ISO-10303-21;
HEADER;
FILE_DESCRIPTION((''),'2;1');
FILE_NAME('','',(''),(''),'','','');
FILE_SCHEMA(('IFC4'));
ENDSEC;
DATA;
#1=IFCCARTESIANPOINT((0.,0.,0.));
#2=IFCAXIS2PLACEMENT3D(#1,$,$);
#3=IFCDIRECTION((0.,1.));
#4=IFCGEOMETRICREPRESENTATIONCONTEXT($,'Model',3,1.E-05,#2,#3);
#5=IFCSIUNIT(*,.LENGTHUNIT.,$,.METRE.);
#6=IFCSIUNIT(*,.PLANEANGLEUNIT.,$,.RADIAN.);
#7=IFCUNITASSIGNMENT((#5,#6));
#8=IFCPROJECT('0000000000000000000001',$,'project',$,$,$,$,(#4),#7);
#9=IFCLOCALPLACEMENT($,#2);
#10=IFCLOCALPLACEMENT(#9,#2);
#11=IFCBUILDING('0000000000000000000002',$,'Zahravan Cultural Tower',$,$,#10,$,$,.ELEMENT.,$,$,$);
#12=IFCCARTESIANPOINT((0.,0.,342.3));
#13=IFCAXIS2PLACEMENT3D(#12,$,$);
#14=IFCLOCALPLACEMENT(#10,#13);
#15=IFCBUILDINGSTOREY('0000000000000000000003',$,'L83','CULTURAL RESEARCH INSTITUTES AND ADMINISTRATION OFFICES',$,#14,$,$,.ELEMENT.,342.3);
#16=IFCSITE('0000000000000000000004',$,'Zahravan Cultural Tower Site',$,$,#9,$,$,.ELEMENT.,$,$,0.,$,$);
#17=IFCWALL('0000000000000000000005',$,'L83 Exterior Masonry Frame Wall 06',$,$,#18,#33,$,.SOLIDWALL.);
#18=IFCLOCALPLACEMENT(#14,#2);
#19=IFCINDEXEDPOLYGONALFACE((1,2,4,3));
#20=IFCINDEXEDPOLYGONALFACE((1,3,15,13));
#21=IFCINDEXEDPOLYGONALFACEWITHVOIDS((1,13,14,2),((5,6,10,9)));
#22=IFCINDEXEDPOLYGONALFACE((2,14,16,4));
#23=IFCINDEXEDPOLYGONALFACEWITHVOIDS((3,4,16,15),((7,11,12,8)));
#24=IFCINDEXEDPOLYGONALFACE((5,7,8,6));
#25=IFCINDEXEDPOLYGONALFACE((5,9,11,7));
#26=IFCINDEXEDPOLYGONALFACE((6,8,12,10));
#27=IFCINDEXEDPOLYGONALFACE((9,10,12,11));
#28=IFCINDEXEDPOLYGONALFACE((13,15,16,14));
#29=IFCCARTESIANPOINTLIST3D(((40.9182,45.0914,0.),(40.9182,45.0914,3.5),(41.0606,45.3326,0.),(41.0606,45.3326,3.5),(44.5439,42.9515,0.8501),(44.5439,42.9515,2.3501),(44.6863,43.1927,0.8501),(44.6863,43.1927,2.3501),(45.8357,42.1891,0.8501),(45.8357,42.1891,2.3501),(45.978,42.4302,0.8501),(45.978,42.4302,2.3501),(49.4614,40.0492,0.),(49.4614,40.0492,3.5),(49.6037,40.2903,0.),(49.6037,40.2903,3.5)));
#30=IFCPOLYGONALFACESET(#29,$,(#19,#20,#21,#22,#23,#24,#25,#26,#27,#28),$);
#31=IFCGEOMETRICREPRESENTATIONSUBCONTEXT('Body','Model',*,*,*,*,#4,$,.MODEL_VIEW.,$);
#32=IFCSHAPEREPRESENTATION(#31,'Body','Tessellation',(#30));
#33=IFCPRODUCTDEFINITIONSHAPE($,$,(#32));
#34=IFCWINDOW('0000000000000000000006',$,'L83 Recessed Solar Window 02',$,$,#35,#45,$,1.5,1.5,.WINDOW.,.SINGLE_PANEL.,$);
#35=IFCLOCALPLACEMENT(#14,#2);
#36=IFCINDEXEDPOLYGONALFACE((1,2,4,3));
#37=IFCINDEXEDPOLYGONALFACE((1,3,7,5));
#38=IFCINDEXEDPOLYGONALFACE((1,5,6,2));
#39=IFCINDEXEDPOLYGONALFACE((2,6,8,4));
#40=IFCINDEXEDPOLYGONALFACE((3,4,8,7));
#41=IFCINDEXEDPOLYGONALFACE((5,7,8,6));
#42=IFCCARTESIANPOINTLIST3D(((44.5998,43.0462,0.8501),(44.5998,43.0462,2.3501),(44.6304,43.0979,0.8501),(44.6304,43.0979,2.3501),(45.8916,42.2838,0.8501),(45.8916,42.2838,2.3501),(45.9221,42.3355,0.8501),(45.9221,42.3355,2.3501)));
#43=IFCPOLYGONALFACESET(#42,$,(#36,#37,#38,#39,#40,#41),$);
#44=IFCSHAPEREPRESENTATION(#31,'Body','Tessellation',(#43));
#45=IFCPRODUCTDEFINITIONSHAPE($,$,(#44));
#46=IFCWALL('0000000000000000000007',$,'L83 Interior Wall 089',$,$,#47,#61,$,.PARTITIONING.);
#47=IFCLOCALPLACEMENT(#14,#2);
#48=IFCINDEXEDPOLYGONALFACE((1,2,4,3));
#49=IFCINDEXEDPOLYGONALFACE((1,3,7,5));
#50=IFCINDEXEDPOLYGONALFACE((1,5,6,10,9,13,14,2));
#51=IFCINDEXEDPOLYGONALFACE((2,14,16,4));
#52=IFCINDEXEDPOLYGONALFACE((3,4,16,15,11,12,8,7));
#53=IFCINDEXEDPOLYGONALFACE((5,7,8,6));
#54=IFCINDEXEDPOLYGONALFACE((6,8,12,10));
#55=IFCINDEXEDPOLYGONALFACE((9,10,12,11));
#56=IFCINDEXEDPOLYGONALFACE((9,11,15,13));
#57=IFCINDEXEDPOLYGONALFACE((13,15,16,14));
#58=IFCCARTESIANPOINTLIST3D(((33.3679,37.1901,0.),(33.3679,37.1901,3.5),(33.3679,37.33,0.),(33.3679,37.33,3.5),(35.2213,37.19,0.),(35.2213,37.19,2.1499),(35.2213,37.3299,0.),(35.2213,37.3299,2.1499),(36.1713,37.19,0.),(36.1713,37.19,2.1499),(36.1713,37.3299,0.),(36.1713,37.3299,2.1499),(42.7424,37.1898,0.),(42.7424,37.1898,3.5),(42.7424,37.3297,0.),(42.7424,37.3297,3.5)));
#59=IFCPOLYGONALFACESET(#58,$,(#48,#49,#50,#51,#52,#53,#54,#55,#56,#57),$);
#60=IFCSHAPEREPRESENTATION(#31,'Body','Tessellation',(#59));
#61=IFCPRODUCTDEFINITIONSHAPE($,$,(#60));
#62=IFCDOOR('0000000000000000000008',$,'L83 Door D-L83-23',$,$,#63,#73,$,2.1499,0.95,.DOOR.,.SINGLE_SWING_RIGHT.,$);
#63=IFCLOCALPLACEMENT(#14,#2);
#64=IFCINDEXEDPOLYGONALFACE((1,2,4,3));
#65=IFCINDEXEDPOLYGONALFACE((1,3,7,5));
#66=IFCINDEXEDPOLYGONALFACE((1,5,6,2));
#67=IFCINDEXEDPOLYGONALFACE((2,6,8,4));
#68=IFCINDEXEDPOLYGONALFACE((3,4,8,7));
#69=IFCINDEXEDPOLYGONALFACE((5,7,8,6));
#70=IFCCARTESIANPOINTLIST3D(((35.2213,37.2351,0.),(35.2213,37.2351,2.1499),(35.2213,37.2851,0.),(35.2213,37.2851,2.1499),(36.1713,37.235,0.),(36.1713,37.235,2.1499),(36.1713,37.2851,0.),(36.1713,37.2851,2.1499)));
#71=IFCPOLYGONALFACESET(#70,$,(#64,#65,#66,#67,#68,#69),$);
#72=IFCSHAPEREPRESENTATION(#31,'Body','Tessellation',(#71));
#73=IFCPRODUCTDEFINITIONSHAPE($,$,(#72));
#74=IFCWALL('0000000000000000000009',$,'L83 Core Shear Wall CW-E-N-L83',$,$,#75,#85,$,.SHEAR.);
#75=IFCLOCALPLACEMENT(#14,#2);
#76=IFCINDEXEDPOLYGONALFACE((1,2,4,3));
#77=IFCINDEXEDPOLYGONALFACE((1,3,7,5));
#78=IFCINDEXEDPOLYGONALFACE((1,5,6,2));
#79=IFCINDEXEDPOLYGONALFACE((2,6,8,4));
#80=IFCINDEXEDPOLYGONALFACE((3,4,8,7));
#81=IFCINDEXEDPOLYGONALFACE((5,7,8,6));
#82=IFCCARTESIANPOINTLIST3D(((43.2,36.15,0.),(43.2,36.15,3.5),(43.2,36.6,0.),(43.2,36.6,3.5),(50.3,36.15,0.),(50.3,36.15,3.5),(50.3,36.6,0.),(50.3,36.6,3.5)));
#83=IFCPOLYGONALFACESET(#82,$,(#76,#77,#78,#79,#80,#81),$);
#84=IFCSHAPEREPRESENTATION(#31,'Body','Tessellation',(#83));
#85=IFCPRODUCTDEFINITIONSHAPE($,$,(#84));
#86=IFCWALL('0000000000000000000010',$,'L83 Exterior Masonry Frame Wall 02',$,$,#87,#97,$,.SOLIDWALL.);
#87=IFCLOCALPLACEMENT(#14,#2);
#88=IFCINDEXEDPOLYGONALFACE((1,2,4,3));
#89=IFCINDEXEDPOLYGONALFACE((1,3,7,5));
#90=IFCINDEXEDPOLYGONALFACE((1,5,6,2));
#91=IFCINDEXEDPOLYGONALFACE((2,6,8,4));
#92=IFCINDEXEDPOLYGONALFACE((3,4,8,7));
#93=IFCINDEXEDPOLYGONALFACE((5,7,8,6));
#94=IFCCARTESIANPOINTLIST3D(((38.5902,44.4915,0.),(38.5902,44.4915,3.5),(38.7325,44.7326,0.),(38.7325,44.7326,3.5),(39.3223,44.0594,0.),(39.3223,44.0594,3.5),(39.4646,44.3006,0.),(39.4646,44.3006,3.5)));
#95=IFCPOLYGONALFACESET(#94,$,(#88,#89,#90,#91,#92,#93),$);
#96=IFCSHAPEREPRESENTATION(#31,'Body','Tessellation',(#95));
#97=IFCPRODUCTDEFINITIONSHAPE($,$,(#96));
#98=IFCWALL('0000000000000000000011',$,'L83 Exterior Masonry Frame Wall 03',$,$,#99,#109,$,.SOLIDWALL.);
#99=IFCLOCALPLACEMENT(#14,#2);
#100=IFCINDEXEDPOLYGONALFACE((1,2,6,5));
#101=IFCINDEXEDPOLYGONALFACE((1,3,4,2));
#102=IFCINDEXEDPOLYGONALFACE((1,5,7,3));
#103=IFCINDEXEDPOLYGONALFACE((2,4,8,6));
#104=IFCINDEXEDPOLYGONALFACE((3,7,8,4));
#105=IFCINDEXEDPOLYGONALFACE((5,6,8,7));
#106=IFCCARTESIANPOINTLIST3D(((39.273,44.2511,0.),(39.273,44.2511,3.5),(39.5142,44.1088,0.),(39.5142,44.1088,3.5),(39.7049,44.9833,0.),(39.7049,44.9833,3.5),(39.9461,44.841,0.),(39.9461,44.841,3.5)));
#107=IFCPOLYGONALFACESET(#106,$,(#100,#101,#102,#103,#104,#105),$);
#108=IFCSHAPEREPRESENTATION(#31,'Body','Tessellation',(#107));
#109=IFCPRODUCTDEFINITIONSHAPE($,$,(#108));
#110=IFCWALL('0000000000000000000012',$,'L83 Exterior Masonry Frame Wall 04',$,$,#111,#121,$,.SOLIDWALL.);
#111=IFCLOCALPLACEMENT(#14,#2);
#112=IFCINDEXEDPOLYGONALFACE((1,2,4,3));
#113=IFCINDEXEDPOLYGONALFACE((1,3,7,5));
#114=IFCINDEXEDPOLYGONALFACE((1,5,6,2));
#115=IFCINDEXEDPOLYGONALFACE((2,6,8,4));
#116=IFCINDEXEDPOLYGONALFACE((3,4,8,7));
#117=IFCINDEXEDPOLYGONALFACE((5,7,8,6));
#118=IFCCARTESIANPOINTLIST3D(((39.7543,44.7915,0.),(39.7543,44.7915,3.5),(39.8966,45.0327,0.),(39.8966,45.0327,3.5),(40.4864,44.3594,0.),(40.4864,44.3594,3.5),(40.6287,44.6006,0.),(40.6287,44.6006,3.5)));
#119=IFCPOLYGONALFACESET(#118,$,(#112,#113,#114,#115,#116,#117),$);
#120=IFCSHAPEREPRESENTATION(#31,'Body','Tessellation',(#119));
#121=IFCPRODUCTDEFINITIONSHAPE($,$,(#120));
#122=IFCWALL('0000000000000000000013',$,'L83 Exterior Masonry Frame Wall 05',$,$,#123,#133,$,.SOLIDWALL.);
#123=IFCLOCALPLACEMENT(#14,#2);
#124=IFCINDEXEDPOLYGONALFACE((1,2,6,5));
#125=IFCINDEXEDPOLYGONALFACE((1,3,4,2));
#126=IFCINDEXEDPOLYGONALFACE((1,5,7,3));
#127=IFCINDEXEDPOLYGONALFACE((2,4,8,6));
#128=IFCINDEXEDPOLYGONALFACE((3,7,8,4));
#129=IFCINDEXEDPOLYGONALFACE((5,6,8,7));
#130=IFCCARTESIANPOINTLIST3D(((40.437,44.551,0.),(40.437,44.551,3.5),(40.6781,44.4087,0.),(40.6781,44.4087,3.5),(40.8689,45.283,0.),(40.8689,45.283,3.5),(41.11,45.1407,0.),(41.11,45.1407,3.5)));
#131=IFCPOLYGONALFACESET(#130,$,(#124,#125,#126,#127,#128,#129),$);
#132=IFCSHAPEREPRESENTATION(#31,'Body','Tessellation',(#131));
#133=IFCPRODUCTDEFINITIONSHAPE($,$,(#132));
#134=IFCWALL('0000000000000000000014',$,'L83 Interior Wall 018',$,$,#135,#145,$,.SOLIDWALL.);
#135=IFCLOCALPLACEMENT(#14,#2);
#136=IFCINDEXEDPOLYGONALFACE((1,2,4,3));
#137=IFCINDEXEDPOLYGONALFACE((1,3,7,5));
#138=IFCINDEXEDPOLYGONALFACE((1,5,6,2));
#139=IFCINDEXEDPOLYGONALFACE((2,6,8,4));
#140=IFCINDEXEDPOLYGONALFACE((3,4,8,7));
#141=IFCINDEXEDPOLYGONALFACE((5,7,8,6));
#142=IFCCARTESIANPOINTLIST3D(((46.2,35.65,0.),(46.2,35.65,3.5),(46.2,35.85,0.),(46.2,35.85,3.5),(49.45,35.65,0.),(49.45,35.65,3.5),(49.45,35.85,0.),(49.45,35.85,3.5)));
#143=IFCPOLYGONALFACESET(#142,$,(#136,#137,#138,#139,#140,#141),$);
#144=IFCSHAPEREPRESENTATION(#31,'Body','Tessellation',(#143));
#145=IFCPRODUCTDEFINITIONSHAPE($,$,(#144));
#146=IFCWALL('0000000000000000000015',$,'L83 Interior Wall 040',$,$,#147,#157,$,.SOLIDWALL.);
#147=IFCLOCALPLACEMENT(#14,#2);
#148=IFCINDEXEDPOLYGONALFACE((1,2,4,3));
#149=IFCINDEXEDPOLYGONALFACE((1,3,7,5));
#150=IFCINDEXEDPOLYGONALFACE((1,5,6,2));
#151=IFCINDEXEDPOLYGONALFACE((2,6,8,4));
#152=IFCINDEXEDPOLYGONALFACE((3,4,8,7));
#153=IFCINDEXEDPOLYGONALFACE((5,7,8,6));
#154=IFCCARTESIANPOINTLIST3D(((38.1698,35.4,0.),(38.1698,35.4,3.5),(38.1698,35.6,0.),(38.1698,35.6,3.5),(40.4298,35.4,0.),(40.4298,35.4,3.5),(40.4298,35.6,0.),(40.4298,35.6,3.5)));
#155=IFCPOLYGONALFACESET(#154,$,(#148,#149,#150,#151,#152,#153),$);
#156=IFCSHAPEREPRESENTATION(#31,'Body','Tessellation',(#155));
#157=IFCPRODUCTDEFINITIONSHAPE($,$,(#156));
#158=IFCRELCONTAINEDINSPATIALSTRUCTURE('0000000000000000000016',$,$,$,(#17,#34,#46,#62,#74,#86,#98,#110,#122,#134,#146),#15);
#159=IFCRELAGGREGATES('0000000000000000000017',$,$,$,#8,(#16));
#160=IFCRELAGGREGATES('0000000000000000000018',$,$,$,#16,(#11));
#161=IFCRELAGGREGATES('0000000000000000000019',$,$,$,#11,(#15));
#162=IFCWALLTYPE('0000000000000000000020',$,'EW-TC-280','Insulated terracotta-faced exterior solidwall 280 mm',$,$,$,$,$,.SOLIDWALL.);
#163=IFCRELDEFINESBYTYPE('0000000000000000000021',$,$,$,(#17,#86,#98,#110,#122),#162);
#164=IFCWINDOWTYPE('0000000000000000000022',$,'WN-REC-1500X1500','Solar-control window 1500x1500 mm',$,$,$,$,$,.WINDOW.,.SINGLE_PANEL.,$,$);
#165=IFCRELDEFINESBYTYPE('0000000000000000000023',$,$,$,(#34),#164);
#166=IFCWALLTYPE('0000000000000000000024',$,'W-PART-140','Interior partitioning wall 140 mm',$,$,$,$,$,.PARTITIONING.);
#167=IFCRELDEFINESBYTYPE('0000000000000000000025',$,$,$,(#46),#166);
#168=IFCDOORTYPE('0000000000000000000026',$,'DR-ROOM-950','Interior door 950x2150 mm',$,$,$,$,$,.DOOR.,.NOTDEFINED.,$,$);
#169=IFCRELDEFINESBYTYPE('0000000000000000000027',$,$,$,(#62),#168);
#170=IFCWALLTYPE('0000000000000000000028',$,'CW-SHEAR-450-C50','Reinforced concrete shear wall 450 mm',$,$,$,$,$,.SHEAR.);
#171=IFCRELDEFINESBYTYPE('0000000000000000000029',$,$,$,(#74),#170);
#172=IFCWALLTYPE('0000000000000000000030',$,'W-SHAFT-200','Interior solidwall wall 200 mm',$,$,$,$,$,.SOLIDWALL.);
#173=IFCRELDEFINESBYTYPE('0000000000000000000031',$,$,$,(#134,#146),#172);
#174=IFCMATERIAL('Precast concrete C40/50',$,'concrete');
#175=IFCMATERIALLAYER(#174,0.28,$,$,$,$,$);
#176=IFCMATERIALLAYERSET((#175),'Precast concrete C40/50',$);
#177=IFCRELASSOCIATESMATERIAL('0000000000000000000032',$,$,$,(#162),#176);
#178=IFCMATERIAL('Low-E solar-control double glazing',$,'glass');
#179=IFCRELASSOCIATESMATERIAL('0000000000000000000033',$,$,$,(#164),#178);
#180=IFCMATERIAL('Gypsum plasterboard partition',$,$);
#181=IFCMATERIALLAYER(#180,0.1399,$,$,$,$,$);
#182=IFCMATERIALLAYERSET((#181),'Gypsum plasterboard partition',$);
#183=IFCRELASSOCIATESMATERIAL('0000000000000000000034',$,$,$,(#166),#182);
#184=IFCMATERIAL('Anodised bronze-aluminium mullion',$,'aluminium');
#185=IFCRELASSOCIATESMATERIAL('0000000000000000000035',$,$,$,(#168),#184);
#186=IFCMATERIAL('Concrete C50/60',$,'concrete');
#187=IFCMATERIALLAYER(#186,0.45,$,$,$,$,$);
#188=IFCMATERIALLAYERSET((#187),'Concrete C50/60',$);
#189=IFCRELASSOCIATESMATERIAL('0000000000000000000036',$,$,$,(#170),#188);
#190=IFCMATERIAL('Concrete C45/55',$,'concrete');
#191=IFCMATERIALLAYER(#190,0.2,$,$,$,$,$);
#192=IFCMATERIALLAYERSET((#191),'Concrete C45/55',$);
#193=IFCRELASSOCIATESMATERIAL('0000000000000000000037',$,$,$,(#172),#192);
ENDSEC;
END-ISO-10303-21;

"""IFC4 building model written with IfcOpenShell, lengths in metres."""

from ifc_helpers import new_model, si_unit, direction, frame, frame_2d, origin, place, context, subcontext, project, spatial, rectangle, extrude, source, transform, mapped, material, layer, layer_set, type_object, element, fill, save


model = new_model("IFC4")

# Units and contexts
model_context = context("Model", 3, precision=1e-05, world=origin(), true_north=direction((0.0, 1.0)))
body_context = subcontext(model_context, "Body", "Model", "MODEL_VIEW")
ifc_project = project(units=[si_unit("LENGTHUNIT", "METRE"), si_unit("PLANEANGLEUNIT", "RADIAN")], contexts=[model_context])

# Site, building, storey
site_placement = place(None, origin())
site = spatial("IfcSite", under=ifc_project, at=site_placement, Name="Zahravan Cultural Tower Site", CompositionType="ELEMENT", RefElevation=0.0)
building_placement = place(site_placement, origin())
building = spatial("IfcBuilding", under=site, at=building_placement, Name="Zahravan Cultural Tower", CompositionType="ELEMENT")
storey_placement = place(building_placement, frame((0.0, 0.0, 342.3)))
storey = spatial("IfcBuildingStorey", under=building, at=storey_placement, Name="L83", Description="CULTURAL RESEARCH INSTITUTES AND ADMINISTRATION OFFICES", CompositionType="ELEMENT", Elevation=342.3)

# Shared definitions
ifc_material_1 = material(Name="Concrete C50/60", Category="concrete")

# Wall, opening, window
ifc_material_2 = material(Name="Precast concrete C40/50", Category="concrete")
ifc_layer_1 = layer(ifc_material_2, 0.28)
ifc_layer_set_1 = layer_set([ifc_layer_1], Name="Precast concrete C40/50")
wall_type_1 = type_object("IfcWallType", Name="EW-TC-280", Description="Insulated terracotta-faced exterior solidwall 280 mm", PredefinedType="SOLIDWALL", material=ifc_layer_set_1)
wall_1_placement = place(storey_placement, frame((40.9895, 45.2119, 0.0), z_axis=(0.0, 0.0, 1.0), x_axis=(0.861192, -0.508279, 0.0)))
wall_1 = element("IfcWall", 1, at=wall_1_placement, inside=storey, type_object=wall_type_1, Name="L83 Exterior Masonry Frame Wall 06", PredefinedType="SOLIDWALL", context=body_context, shape_type="SweptSolid", body=[
    extrude(rectangle(XDim=9.9202, YDim=0.28, at=frame_2d((4.96, 0.0))), origin(), (0.0, 0.0, 1.0), 3.5),
])
opening_1_placement = place(wall_1_placement, frame((4.21, 0.0, 0.8501)))
opening_1 = element("IfcOpeningElement", 2, at=opening_1_placement, cuts=wall_1, PredefinedType="OPENING", context=body_context, shape_type="SweptSolid", body=[
    extrude(rectangle(XDim=1.5, YDim=1.5, at=frame_2d((0.75, 0.75))), frame((0.0, 0.1499, 0.0), z_axis=(0.0, -1.0, 0.0), x_axis=(1.0, 0.0, 0.0)), (0.0, 0.0, 1.0), 0.3),
])
ifc_material_3 = material(Name="Low-E solar-control double glazing", Category="glass")
window_type = type_object("IfcWindowType", Name="WN-REC-1500X1500", Description="Solar-control window 1500x1500 mm", PartitioningType="SINGLE_PANEL", PredefinedType="WINDOW", material=ifc_material_3)
shared_shape_1 = source(origin(), body_context, "Body", "SweptSolid", [
    extrude(rectangle(XDim=1.5, YDim=1.5, at=frame_2d((0.75, 0.75))), frame((0.0, 0.03, 0.0), z_axis=(0.0, -1.0, 0.0), x_axis=(1.0, 0.0, 0.0)), (0.0, 0.0, 1.0), 0.0601),
])
window_placement = place(opening_1_placement, origin())
window = element("IfcWindow", 3, at=window_placement, inside=storey, type_object=window_type, Name="L83 Recessed Solar Window 02", OverallHeight=1.5, OverallWidth=1.5, PartitioningType="SINGLE_PANEL", PredefinedType="WINDOW", context=body_context, shape_type="MappedRepresentation", body=[
    mapped(shared_shape_1, transform((0.0, 0.0, 0.0), x_axis=(1.0, 0.0, 0.0), y_axis=(0.0, 1.0, 0.0), z_axis=(0.0, 0.0, 1.0), scale=1.0)),
])
fill(opening_1, window)

# Wall, opening, door
ifc_material_4 = material(Name="Gypsum plasterboard partition")
ifc_layer_2 = layer(ifc_material_4, 0.1399)
ifc_layer_set_2 = layer_set([ifc_layer_2], Name="Gypsum plasterboard partition")
wall_type_2 = type_object("IfcWallType", Name="W-PART-140", Description="Interior partitioning wall 140 mm", PredefinedType="PARTITIONING", material=ifc_layer_set_2)
wall_2_placement = place(storey_placement, frame((42.7424, 37.2598, 0.0), z_axis=(0.0, 0.0, 1.0), x_axis=(-1.0, 0.000026, 0.0)))
wall_2 = element("IfcWall", 4, at=wall_2_placement, inside=storey, type_object=wall_type_2, Name="L83 Interior Wall 089", PredefinedType="PARTITIONING", context=body_context, shape_type="SweptSolid", body=[
    extrude(rectangle(XDim=9.3745, YDim=0.1399, at=frame_2d((4.6873, 0.0))), origin(), (0.0, 0.0, 1.0), 3.5),
])
opening_2_placement = place(wall_2_placement, frame((6.571, 0.0, 0.0)))
opening_2 = element("IfcOpeningElement", 5, at=opening_2_placement, cuts=wall_2, PredefinedType="OPENING", context=body_context, shape_type="SweptSolid", body=[
    extrude(rectangle(XDim=0.95, YDim=2.1499, at=frame_2d((0.4751, 1.075))), frame((0.0, 0.0798, 0.0), z_axis=(0.0, -1.0, 0.0), x_axis=(1.0, 0.0, 0.0)), (0.0, 0.0, 1.0), 0.1599),
])
ifc_material_5 = material(Name="Anodised bronze-aluminium mullion", Category="aluminium")
door_type = type_object("IfcDoorType", Name="DR-ROOM-950", Description="Interior door 950x2150 mm", OperationType="NOTDEFINED", PredefinedType="DOOR", material=ifc_material_5)
shared_shape_2 = source(origin(), body_context, "Body", "SweptSolid", [
    extrude(rectangle(XDim=0.95, YDim=2.1499, at=frame_2d((0.4751, 1.075))), frame((0.0, 0.0249, 0.0), z_axis=(0.0, -1.0, 0.0), x_axis=(1.0, 0.0, 0.0)), (0.0, 0.0, 1.0), 0.05),
])
door_placement = place(opening_2_placement, origin())
door = element("IfcDoor", 6, at=door_placement, inside=storey, type_object=door_type, Name="L83 Door D-L83-23", OperationType="SINGLE_SWING_RIGHT", OverallHeight=2.1499, OverallWidth=0.95, PredefinedType="DOOR", context=body_context, shape_type="MappedRepresentation", body=[
    mapped(shared_shape_2, transform((0.0, 0.0, 0.0), x_axis=(1.0, 0.0, 0.0), y_axis=(0.0, 1.0, 0.0), z_axis=(0.0, 0.0, 1.0), scale=1.0)),
])
fill(opening_2, door)

# Walls
ifc_layer_3 = layer(ifc_material_1, 0.45)
ifc_layer_set_3 = layer_set([ifc_layer_3], Name="Concrete C50/60")
wall_type_3 = type_object("IfcWallType", Name="CW-SHEAR-450-C50", Description="Reinforced concrete shear wall 450 mm", PredefinedType="SHEAR", material=ifc_layer_set_3)
shared_shape_3 = source(origin(), body_context, "Body", "SweptSolid", [
    extrude(rectangle(XDim=7.1001, YDim=0.45, at=frame_2d((3.55, 0.0))), origin(), (0.0, 0.0, 1.0), 3.5),
])
wall_3_placement = place(storey_placement, frame((43.2, 36.375, 0.0), z_axis=(0.0, 0.0, 1.0), x_axis=(1.0, 0.0, 0.0)))
element("IfcWall", 7, at=wall_3_placement, inside=storey, type_object=wall_type_3, Name="L83 Core Shear Wall CW-E-N-L83", PredefinedType="SHEAR", context=body_context, shape_type="MappedRepresentation", body=[
    mapped(shared_shape_3, transform((0.0, 0.0, 0.0), x_axis=(1.0, 0.0, 0.0), y_axis=(0.0, 1.0, 0.0), z_axis=(0.0, 0.0, 1.0), scale=1.0)),
])
shared_shape_4 = source(origin(), body_context, "Body", "SweptSolid", [
    extrude(rectangle(XDim=0.8501, YDim=0.28, at=frame_2d((0.425, 0.0))), origin(), (0.0, 0.0, 1.0), 3.5),
])
for number, where, z_axis, x_axis, name in (
    (8, (38.6614, 44.6121, 0.0), (0.0, 0.0, 1.0), (0.861195, -0.508275, 0.0), "L83 Exterior Masonry Frame Wall 02"),
    (9, (39.3936, 44.1799, 0.0), (0.0, 0.0, 1.0), (0.508062, 0.861321, 0.0), "L83 Exterior Masonry Frame Wall 03"),
    (10, (39.8254, 44.9121, 0.0), (0.0, 0.0, 1.0), (0.861195, -0.508275, 0.0), "L83 Exterior Masonry Frame Wall 04"),
):
    element("IfcWall", number, at=place(storey_placement, frame(where, z_axis=z_axis, x_axis=x_axis)), inside=storey, type_object=wall_type_1, Name=name, PredefinedType="SOLIDWALL", context=body_context, shape_type="MappedRepresentation", body=[
        mapped(shared_shape_4, transform((0.0, 0.0, 0.0), x_axis=(1.0, 0.0, 0.0), y_axis=(0.0, 1.0, 0.0), z_axis=(0.0, 0.0, 1.0), scale=1.0)),
    ])
shared_shape_5 = source(origin(), body_context, "Body", "SweptSolid", [
    extrude(rectangle(XDim=0.8499, YDim=0.28, at=frame_2d((0.4248, 0.0))), origin(), (0.0, 0.0, 1.0), 3.5),
])
wall_4_placement = place(storey_placement, frame((40.5576, 44.48, 0.0), z_axis=(0.0, 0.0, 1.0), x_axis=(0.508187, 0.861247, 0.0)))
element("IfcWall", 11, at=wall_4_placement, inside=storey, type_object=wall_type_1, Name="L83 Exterior Masonry Frame Wall 05", PredefinedType="SOLIDWALL", context=body_context, shape_type="MappedRepresentation", body=[
    mapped(shared_shape_5, transform((0.0, 0.0, 0.0), x_axis=(1.0, 0.0, 0.0), y_axis=(0.0, 1.0, 0.0), z_axis=(0.0, 0.0, 1.0), scale=1.0)),
])
ifc_material_6 = material(Name="Concrete C45/55", Category="concrete")
ifc_layer_4 = layer(ifc_material_6, 0.2)
ifc_layer_set_4 = layer_set([ifc_layer_4], Name="Concrete C45/55")
wall_type_4 = type_object("IfcWallType", Name="W-SHAFT-200", Description="Interior solidwall wall 200 mm", PredefinedType="SOLIDWALL", material=ifc_layer_set_4)
shared_shape_6 = source(origin(), body_context, "Body", "SweptSolid", [
    extrude(rectangle(XDim=3.25, YDim=0.2, at=frame_2d((1.625, 0.0))), origin(), (0.0, 0.0, 1.0), 3.5),
])
wall_5_placement = place(storey_placement, frame((46.2, 35.75, 0.0), z_axis=(0.0, 0.0, 1.0), x_axis=(1.0, 0.0, 0.0)))
element("IfcWall", 12, at=wall_5_placement, inside=storey, type_object=wall_type_4, Name="L83 Interior Wall 018", PredefinedType="SOLIDWALL", context=body_context, shape_type="MappedRepresentation", body=[
    mapped(shared_shape_6, transform((0.0, 0.0, 0.0), x_axis=(1.0, 0.0, 0.0), y_axis=(0.0, 1.0, 0.0), z_axis=(0.0, 0.0, 1.0), scale=1.0)),
])
shared_shape_7 = source(origin(), body_context, "Body", "SweptSolid", [
    extrude(rectangle(XDim=2.26, YDim=0.2, at=frame_2d((1.1299, 0.0))), origin(), (0.0, 0.0, 1.0), 3.5),
])
wall_6_placement = place(storey_placement, frame((38.1699, 35.5, 0.0), z_axis=(0.0, 0.0, 1.0), x_axis=(1.0, 0.0, 0.0)))
element("IfcWall", 13, at=wall_6_placement, inside=storey, type_object=wall_type_4, Name="L83 Interior Wall 040", PredefinedType="SOLIDWALL", context=body_context, shape_type="MappedRepresentation", body=[
    mapped(shared_shape_7, transform((0.0, 0.0, 0.0), x_axis=(1.0, 0.0, 0.0), y_axis=(0.0, 1.0, 0.0), z_axis=(0.0, 0.0, 1.0), scale=1.0)),
])

save(model, "model.ifc")
